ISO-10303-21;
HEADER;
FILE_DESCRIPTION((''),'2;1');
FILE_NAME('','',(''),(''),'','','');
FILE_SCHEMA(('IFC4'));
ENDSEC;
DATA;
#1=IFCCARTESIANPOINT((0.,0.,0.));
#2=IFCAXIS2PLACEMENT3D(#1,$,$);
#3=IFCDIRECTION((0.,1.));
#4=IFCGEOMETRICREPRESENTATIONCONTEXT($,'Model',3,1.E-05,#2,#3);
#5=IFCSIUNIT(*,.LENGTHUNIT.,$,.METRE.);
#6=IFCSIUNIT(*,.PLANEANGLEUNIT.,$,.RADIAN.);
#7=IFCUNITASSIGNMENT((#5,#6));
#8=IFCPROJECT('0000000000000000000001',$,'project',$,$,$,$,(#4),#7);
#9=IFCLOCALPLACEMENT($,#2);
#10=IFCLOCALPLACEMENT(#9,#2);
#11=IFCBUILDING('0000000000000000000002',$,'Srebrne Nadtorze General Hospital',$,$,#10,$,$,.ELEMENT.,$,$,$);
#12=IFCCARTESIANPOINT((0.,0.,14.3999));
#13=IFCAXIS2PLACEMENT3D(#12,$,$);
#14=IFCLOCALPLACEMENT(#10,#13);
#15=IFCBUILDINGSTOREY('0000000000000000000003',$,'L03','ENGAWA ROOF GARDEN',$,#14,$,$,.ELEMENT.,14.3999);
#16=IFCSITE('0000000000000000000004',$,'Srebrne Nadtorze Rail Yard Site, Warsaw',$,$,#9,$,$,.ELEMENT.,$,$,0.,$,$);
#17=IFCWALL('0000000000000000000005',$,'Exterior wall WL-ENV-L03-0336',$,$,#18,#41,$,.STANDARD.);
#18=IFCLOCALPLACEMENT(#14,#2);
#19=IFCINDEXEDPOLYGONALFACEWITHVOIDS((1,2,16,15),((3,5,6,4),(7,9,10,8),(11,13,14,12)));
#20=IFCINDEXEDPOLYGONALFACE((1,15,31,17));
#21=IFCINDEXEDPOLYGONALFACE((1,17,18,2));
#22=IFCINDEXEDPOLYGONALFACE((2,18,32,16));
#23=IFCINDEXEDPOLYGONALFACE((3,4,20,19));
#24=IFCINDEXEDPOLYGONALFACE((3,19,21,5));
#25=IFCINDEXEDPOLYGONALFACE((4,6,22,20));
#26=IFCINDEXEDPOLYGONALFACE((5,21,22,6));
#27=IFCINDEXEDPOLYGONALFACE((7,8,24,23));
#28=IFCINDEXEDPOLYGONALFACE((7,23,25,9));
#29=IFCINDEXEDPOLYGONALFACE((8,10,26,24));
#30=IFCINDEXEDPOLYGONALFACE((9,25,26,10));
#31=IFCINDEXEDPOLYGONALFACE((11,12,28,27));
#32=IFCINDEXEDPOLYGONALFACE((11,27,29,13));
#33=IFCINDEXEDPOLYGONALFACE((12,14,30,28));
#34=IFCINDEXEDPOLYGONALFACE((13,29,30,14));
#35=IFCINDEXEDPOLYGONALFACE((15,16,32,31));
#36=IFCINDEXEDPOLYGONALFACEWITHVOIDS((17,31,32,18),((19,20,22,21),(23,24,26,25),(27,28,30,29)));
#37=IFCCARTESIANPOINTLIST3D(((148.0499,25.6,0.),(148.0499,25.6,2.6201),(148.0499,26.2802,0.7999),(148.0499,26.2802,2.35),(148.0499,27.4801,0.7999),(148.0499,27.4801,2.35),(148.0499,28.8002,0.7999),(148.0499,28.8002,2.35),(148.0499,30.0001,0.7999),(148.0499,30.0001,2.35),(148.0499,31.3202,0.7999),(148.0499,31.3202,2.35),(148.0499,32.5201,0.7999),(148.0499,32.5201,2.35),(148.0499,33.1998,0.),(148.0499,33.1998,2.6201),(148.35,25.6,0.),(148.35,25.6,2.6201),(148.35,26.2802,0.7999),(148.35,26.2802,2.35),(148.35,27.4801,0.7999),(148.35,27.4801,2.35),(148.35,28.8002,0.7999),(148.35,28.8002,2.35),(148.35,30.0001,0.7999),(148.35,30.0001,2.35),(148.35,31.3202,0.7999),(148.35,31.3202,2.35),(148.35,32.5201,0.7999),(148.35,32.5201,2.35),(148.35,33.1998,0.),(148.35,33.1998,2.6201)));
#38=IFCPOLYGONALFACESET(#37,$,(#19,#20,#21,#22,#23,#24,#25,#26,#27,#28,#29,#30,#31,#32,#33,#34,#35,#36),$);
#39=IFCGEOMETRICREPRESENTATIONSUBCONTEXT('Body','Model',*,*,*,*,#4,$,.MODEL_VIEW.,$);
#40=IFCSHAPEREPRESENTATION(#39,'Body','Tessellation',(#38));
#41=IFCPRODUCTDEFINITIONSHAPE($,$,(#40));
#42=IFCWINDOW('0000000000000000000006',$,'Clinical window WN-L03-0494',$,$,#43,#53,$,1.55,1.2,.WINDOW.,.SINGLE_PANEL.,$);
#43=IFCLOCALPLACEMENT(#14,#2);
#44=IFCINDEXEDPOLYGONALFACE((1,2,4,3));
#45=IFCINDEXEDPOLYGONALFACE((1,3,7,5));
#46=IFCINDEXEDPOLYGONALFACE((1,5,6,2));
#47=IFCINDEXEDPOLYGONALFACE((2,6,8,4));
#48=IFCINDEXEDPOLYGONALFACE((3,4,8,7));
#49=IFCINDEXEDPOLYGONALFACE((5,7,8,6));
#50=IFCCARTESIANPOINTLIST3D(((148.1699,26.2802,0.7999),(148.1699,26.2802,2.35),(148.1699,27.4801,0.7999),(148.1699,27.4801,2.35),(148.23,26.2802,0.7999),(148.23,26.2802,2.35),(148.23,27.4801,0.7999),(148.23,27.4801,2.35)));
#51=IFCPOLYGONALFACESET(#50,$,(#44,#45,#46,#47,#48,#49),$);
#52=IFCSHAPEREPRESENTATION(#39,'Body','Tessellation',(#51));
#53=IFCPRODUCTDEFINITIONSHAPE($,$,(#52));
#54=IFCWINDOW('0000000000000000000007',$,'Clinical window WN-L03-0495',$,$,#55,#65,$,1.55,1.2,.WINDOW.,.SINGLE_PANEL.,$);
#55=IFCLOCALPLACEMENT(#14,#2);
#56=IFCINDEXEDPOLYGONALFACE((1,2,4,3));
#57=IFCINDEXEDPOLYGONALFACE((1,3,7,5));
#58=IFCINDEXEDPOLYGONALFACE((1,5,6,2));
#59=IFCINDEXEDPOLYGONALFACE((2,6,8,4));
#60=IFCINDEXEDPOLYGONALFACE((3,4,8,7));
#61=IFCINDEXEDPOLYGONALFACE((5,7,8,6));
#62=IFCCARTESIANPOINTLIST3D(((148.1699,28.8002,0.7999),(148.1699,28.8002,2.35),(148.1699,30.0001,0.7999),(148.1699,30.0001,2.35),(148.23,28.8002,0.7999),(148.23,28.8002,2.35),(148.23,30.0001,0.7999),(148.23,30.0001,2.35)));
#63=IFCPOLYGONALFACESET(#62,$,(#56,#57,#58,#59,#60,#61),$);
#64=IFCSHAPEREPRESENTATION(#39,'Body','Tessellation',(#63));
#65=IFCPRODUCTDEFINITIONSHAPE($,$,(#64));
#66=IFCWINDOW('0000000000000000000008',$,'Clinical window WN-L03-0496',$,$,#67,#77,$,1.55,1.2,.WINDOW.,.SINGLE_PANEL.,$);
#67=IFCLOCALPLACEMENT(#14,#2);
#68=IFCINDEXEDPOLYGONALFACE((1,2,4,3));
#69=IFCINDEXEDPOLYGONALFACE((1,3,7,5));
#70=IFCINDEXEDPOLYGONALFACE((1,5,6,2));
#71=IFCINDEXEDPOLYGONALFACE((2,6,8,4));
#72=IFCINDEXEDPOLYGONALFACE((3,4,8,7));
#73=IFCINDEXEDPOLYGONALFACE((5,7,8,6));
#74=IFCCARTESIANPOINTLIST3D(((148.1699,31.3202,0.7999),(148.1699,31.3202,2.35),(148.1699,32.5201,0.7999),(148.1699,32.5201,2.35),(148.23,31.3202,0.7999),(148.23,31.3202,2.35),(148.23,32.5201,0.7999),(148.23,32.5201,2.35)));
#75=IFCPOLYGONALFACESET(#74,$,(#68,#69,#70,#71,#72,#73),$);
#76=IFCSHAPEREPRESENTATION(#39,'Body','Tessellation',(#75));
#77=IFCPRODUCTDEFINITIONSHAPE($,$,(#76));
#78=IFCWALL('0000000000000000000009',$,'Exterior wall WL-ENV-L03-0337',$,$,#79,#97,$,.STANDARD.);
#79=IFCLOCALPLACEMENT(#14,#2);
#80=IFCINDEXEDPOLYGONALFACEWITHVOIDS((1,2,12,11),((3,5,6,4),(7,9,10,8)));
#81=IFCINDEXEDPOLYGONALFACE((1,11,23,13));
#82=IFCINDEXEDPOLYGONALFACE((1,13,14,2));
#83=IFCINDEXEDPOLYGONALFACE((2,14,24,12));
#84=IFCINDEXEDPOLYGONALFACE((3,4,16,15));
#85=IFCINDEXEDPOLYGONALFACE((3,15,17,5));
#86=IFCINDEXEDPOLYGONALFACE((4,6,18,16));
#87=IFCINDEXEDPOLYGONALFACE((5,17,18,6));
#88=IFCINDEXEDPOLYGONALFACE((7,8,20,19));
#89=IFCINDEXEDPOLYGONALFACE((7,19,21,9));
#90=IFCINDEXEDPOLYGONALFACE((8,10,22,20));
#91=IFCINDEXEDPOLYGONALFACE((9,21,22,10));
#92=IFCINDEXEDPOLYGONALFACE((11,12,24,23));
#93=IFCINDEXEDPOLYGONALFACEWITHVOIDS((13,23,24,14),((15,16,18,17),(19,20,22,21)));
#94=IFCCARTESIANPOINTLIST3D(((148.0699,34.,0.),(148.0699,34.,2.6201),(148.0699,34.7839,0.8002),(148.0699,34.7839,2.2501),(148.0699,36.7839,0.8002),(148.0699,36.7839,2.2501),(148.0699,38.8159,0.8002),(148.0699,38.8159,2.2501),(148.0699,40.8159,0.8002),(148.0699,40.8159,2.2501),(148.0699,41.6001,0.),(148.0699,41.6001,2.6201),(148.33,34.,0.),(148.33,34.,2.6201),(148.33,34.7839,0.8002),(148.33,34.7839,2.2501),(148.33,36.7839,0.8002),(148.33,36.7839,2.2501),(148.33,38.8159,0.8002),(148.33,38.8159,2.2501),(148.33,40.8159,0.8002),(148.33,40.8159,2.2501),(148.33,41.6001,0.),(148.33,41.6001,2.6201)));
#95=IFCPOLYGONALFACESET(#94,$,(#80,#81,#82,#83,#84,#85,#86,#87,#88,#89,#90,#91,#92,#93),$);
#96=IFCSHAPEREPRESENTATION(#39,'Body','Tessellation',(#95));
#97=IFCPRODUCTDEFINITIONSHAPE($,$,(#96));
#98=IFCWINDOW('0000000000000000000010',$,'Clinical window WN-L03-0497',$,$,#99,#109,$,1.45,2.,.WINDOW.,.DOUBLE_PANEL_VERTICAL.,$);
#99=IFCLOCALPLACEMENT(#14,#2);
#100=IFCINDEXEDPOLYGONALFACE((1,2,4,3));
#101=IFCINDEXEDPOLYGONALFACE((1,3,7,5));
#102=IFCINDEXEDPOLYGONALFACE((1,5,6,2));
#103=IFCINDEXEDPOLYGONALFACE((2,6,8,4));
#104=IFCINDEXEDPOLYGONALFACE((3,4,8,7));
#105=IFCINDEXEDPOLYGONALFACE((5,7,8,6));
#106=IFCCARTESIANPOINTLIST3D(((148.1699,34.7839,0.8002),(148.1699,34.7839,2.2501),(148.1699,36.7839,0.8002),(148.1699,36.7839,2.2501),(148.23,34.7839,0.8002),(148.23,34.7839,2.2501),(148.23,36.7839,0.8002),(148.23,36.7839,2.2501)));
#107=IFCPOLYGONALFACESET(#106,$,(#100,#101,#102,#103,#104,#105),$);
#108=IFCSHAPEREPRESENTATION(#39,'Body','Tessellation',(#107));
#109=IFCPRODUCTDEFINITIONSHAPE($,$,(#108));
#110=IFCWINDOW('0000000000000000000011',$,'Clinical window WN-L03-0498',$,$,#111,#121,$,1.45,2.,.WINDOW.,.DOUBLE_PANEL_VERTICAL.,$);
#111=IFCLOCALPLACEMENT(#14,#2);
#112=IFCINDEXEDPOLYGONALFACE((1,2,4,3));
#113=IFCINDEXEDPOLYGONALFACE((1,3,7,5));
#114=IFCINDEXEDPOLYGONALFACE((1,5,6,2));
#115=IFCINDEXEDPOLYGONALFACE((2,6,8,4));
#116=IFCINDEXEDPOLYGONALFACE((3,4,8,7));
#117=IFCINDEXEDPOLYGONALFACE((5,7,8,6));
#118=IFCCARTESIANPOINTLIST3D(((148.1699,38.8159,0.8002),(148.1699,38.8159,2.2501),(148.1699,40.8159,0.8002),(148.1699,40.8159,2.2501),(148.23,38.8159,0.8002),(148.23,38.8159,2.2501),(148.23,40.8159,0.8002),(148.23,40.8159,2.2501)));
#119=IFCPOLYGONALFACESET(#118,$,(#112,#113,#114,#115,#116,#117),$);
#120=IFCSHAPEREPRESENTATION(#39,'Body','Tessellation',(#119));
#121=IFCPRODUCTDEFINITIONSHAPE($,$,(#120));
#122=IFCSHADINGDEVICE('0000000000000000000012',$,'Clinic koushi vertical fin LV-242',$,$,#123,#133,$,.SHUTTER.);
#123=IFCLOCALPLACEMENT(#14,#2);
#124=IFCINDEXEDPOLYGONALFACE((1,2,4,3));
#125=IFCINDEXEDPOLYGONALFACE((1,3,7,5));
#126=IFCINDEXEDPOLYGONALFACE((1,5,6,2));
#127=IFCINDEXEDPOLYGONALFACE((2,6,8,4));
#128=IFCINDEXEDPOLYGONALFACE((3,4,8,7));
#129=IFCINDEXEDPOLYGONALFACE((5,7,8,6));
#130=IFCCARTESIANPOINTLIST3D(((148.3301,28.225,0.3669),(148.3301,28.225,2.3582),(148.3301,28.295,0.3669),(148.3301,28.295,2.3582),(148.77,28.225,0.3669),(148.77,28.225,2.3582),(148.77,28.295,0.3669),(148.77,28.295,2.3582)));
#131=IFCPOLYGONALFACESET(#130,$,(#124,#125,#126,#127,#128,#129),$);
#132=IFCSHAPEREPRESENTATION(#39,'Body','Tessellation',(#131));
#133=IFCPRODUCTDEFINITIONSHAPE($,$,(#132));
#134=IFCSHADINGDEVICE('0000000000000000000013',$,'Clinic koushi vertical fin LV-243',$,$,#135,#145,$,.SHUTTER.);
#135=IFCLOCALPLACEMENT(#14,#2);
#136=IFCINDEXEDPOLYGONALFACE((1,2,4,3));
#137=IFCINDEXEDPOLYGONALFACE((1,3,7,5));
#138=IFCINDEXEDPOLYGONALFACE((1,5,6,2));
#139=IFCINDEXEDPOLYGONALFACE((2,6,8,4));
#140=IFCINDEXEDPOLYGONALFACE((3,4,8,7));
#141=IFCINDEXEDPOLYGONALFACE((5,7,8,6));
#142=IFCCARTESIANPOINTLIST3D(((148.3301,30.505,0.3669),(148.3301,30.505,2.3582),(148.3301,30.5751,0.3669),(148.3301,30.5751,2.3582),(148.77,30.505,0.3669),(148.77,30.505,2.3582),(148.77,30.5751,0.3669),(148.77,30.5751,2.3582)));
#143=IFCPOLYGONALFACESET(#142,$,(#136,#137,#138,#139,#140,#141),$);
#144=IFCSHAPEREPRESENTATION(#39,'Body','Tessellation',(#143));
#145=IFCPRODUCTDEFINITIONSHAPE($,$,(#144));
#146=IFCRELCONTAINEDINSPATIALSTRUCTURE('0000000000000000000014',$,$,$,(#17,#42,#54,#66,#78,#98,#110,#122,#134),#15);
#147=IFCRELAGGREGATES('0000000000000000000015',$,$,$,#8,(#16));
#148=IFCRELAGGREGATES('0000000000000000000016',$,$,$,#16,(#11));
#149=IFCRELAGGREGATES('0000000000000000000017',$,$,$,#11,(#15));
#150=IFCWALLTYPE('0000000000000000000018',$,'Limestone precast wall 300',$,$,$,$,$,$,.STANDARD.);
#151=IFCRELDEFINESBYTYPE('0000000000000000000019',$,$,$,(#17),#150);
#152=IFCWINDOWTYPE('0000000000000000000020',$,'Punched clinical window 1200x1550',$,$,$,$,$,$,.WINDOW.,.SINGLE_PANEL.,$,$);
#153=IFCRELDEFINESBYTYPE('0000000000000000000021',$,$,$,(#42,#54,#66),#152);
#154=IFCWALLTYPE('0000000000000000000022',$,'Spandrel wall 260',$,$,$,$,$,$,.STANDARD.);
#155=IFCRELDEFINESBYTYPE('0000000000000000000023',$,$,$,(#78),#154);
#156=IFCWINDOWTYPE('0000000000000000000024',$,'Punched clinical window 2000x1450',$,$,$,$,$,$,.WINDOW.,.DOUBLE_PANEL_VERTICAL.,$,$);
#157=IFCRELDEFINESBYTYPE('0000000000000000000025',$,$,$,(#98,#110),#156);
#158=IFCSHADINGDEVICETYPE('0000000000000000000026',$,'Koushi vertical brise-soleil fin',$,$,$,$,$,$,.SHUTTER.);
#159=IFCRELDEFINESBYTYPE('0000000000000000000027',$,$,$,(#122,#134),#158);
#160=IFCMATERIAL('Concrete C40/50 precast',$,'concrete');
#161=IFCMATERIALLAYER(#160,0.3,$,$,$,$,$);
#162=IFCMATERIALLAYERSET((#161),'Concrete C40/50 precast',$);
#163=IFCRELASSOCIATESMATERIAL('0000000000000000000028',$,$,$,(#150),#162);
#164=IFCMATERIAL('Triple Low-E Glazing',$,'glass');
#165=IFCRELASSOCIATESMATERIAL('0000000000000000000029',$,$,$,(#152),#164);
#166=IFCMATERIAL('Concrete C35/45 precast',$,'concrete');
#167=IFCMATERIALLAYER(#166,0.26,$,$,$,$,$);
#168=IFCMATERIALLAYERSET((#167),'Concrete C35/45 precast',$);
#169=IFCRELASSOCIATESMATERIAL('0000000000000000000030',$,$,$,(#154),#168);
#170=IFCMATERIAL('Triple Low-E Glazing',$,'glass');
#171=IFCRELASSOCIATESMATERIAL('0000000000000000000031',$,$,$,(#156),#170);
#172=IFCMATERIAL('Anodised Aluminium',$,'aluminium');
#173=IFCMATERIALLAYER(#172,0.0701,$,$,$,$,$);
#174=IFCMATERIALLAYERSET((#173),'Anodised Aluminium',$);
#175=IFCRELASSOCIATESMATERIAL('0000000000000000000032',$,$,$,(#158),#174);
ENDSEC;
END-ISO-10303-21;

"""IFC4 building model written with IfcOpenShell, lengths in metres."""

from ifc_helpers import new_model, si_unit, direction, frame, frame_2d, origin, origin_2d, place, context, subcontext, project, spatial, rectangle, extrude, material, layer, layer_set, type_object, element, fill, save


model = new_model("IFC4")

# Units and contexts
model_context = context("Model", 3, precision=1e-05, world=origin(), true_north=direction((0.0, 1.0)))
body_context = subcontext(model_context, "Body", "Model", "MODEL_VIEW")
ifc_project = project(units=[si_unit("LENGTHUNIT", "METRE"), si_unit("PLANEANGLEUNIT", "RADIAN")], contexts=[model_context])

# Site, building, storey
site_placement = place(None, origin())
site = spatial("IfcSite", under=ifc_project, at=site_placement, Name="Srebrne Nadtorze Rail Yard Site, Warsaw", CompositionType="ELEMENT", RefElevation=0.0)
building_placement = place(site_placement, origin())
building = spatial("IfcBuilding", under=site, at=building_placement, Name="Srebrne Nadtorze General Hospital", CompositionType="ELEMENT")
storey_placement = place(building_placement, frame((0.0, 0.0, 14.3999)))
storey = spatial("IfcBuildingStorey", under=building, at=storey_placement, Name="L03", Description="ENGAWA ROOF GARDEN", CompositionType="ELEMENT", Elevation=14.3999)

# Walls, openings, windows
ifc_material_1 = material(Name="Concrete C40/50 precast", Category="concrete")
ifc_layer_1 = layer(ifc_material_1, 0.3)
ifc_layer_set_1 = layer_set([ifc_layer_1], Name="Concrete C40/50 precast")
wall_type_1 = type_object("IfcWallType", Name="Limestone precast wall 300", PredefinedType="STANDARD", material=ifc_layer_set_1)
wall_1_placement = place(storey_placement, frame((148.2, 25.6001, 0.0), z_axis=(0.0, 0.0, 1.0), x_axis=(0.0, 1.0, 0.0)))
wall_1 = element("IfcWall", 1, at=wall_1_placement, inside=storey, type_object=wall_type_1, Name="Exterior wall WL-ENV-L03-0336", PredefinedType="STANDARD", context=body_context, shape_type="SweptSolid", body=[
    extrude(rectangle(XDim=7.5999, YDim=0.3, at=frame_2d((3.7998, 0.0))), origin(), (0.0, 0.0, 1.0), 2.6201),
])
opening_1_placement = place(wall_1_placement, frame((0.6799, 0.0, 0.8)))
opening_1 = element("IfcOpeningElement", 2, at=opening_1_placement, cuts=wall_1, PredefinedType="OPENING", context=body_context, shape_type="SweptSolid", body=[
    extrude(rectangle(XDim=1.2, YDim=1.55, at=frame_2d((0.6001, 0.7749))), frame((0.0, 0.1621, 0.0), z_axis=(0.0, -1.0, 0.0), x_axis=(1.0, 0.0, 0.0)), (0.0, 0.0, 1.0), 0.324),
])
opening_2_placement = place(wall_1_placement, frame((3.2, 0.0, 0.8)))
opening_2 = element("IfcOpeningElement", 3, at=opening_2_placement, cuts=wall_1, PredefinedType="OPENING", context=body_context, shape_type="SweptSolid", body=[
    extrude(rectangle(XDim=1.2, YDim=1.55, at=frame_2d((0.6001, 0.7749))), frame((0.0, 0.1621, 0.0), z_axis=(0.0, -1.0, 0.0), x_axis=(1.0, 0.0, 0.0)), (0.0, 0.0, 1.0), 0.324),
])
opening_3_placement = place(wall_1_placement, frame((5.72, 0.0, 0.8)))
opening_3 = element("IfcOpeningElement", 4, at=opening_3_placement, cuts=wall_1, PredefinedType="OPENING", context=body_context, shape_type="SweptSolid", body=[
    extrude(rectangle(XDim=1.2, YDim=1.55, at=frame_2d((0.6001, 0.7749))), frame((0.0, 0.1621, 0.0), z_axis=(0.0, -1.0, 0.0), x_axis=(1.0, 0.0, 0.0)), (0.0, 0.0, 1.0), 0.324),
])
ifc_material_2 = material(Name="Triple Low-E Glazing", Category="glass")
window_type_1 = type_object("IfcWindowType", Name="Punched clinical window 1200x1550", PartitioningType="SINGLE_PANEL", PredefinedType="WINDOW", material=ifc_material_2)
window_1_placement = place(opening_1_placement, origin())
window_1 = element("IfcWindow", 5, at=window_1_placement, inside=storey, type_object=window_type_1, Name="Clinical window WN-L03-0494", OverallHeight=1.55, OverallWidth=1.2, PartitioningType="SINGLE_PANEL", PredefinedType="WINDOW", context=body_context, shape_type="SweptSolid", body=[
    extrude(rectangle(XDim=1.2, YDim=1.55, at=frame_2d((0.6001, 0.7749))), frame((0.0, 0.03, 0.0), z_axis=(0.0, -1.0, 0.0), x_axis=(1.0, 0.0, 0.0)), (0.0, 0.0, 1.0), 0.0601),
])
fill(opening_1, window_1)
window_2_placement = place(opening_2_placement, origin())
window_2 = element("IfcWindow", 6, at=window_2_placement, inside=storey, type_object=window_type_1, Name="Clinical window WN-L03-0495", OverallHeight=1.55, OverallWidth=1.2, PartitioningType="SINGLE_PANEL", PredefinedType="WINDOW", context=body_context, shape_type="SweptSolid", body=[
    extrude(rectangle(XDim=1.2, YDim=1.55, at=frame_2d((0.6001, 0.7749))), frame((0.0, 0.03, 0.0), z_axis=(0.0, -1.0, 0.0), x_axis=(1.0, 0.0, 0.0)), (0.0, 0.0, 1.0), 0.0601),
])
fill(opening_2, window_2)
window_3_placement = place(opening_3_placement, origin())
window_3 = element("IfcWindow", 7, at=window_3_placement, inside=storey, type_object=window_type_1, Name="Clinical window WN-L03-0496", OverallHeight=1.55, OverallWidth=1.2, PartitioningType="SINGLE_PANEL", PredefinedType="WINDOW", context=body_context, shape_type="SweptSolid", body=[
    extrude(rectangle(XDim=1.2, YDim=1.55, at=frame_2d((0.6001, 0.7749))), frame((0.0, 0.03, 0.0), z_axis=(0.0, -1.0, 0.0), x_axis=(1.0, 0.0, 0.0)), (0.0, 0.0, 1.0), 0.0601),
])
fill(opening_3, window_3)
ifc_material_3 = material(Name="Concrete C35/45 precast", Category="concrete")
ifc_layer_2 = layer(ifc_material_3, 0.26)
ifc_layer_set_2 = layer_set([ifc_layer_2], Name="Concrete C35/45 precast")
wall_type_2 = type_object("IfcWallType", Name="Spandrel wall 260", PredefinedType="STANDARD", material=ifc_layer_set_2)
wall_2_placement = place(storey_placement, frame((148.2, 34.0, 0.0), z_axis=(0.0, 0.0, 1.0), x_axis=(0.0, 1.0, 0.0)))
wall_2 = element("IfcWall", 8, at=wall_2_placement, inside=storey, type_object=wall_type_2, Name="Exterior wall WL-ENV-L03-0337", PredefinedType="STANDARD", context=body_context, shape_type="SweptSolid", body=[
    extrude(rectangle(XDim=7.6001, YDim=0.26, at=frame_2d((3.8, 0.0))), origin(), (0.0, 0.0, 1.0), 2.6201),
])
opening_4_placement = place(wall_2_placement, frame((0.7839, 0.0, 0.8)))
opening_4 = element("IfcOpeningElement", 9, at=opening_4_placement, cuts=wall_2, PredefinedType="OPENING", context=body_context, shape_type="SweptSolid", body=[
    extrude(rectangle(XDim=2.0, YDim=1.45, at=frame_2d((1.0, 0.7251))), frame((0.0, 0.1421, 0.0), z_axis=(0.0, -1.0, 0.0), x_axis=(1.0, 0.0, 0.0)), (0.0, 0.0, 1.0), 0.2839),
])
opening_5_placement = place(wall_2_placement, frame((4.8159, 0.0, 0.8)))
opening_5 = element("IfcOpeningElement", 10, at=opening_5_placement, cuts=wall_2, PredefinedType="OPENING", context=body_context, shape_type="SweptSolid", body=[
    extrude(rectangle(XDim=2.0, YDim=1.45, at=frame_2d((1.0, 0.7251))), frame((0.0, 0.1421, 0.0), z_axis=(0.0, -1.0, 0.0), x_axis=(1.0, 0.0, 0.0)), (0.0, 0.0, 1.0), 0.2839),
])
ifc_material_4 = material(Name="Triple Low-E Glazing", Category="glass")
window_type_2 = type_object("IfcWindowType", Name="Punched clinical window 2000x1450", PartitioningType="DOUBLE_PANEL_VERTICAL", PredefinedType="WINDOW", material=ifc_material_4)
window_4_placement = place(opening_4_placement, origin())
window_4 = element("IfcWindow", 11, at=window_4_placement, inside=storey, type_object=window_type_2, Name="Clinical window WN-L03-0497", OverallHeight=1.45, OverallWidth=2.0, PartitioningType="DOUBLE_PANEL_VERTICAL", PredefinedType="WINDOW", context=body_context, shape_type="SweptSolid", body=[
    extrude(rectangle(XDim=2.0, YDim=1.45, at=frame_2d((1.0, 0.7251))), frame((0.0, 0.03, 0.0), z_axis=(0.0, -1.0, 0.0), x_axis=(1.0, 0.0, 0.0)), (0.0, 0.0, 1.0), 0.0601),
])
fill(opening_4, window_4)
window_5_placement = place(opening_5_placement, origin())
window_5 = element("IfcWindow", 12, at=window_5_placement, inside=storey, type_object=window_type_2, Name="Clinical window WN-L03-0498", OverallHeight=1.45, OverallWidth=2.0, PartitioningType="DOUBLE_PANEL_VERTICAL", PredefinedType="WINDOW", context=body_context, shape_type="SweptSolid", body=[
    extrude(rectangle(XDim=2.0, YDim=1.45, at=frame_2d((1.0, 0.7251))), frame((0.0, 0.03, 0.0), z_axis=(0.0, -1.0, 0.0), x_axis=(1.0, 0.0, 0.0)), (0.0, 0.0, 1.0), 0.0601),
])
fill(opening_5, window_5)

# Shading devices
ifc_material_5 = material(Name="Anodised Aluminium", Category="aluminium")
ifc_layer_3 = layer(ifc_material_5, 0.0701)
ifc_layer_set_3 = layer_set([ifc_layer_3], Name="Anodised Aluminium")
shading_device_type = type_object("IfcShadingDeviceType", Name="Koushi vertical brise-soleil fin", PredefinedType="SHUTTER", material=ifc_layer_set_3)
for number, where, z_axis, x_axis, name in (
    (13, (148.55, 28.26, 0.3669), (0.0, 0.0, 1.0), (1.0, 0.0, 0.0), "Clinic koushi vertical fin LV-242"),
    (14, (148.55, 30.54, 0.3669), (0.0, 0.0, 1.0), (1.0, 0.0, 0.0), "Clinic koushi vertical fin LV-243"),
):
    element("IfcShadingDevice", number, at=place(storey_placement, frame(where, z_axis=z_axis, x_axis=x_axis)), inside=storey, type_object=shading_device_type, Name=name, PredefinedType="SHUTTER", context=body_context, shape_type="SweptSolid", body=[
        extrude(rectangle(XDim=0.4399, YDim=0.0701, at=origin_2d()), origin(), (0.0, 0.0, 1.0), 1.9912),
    ])

save(model, "model.ifc")
